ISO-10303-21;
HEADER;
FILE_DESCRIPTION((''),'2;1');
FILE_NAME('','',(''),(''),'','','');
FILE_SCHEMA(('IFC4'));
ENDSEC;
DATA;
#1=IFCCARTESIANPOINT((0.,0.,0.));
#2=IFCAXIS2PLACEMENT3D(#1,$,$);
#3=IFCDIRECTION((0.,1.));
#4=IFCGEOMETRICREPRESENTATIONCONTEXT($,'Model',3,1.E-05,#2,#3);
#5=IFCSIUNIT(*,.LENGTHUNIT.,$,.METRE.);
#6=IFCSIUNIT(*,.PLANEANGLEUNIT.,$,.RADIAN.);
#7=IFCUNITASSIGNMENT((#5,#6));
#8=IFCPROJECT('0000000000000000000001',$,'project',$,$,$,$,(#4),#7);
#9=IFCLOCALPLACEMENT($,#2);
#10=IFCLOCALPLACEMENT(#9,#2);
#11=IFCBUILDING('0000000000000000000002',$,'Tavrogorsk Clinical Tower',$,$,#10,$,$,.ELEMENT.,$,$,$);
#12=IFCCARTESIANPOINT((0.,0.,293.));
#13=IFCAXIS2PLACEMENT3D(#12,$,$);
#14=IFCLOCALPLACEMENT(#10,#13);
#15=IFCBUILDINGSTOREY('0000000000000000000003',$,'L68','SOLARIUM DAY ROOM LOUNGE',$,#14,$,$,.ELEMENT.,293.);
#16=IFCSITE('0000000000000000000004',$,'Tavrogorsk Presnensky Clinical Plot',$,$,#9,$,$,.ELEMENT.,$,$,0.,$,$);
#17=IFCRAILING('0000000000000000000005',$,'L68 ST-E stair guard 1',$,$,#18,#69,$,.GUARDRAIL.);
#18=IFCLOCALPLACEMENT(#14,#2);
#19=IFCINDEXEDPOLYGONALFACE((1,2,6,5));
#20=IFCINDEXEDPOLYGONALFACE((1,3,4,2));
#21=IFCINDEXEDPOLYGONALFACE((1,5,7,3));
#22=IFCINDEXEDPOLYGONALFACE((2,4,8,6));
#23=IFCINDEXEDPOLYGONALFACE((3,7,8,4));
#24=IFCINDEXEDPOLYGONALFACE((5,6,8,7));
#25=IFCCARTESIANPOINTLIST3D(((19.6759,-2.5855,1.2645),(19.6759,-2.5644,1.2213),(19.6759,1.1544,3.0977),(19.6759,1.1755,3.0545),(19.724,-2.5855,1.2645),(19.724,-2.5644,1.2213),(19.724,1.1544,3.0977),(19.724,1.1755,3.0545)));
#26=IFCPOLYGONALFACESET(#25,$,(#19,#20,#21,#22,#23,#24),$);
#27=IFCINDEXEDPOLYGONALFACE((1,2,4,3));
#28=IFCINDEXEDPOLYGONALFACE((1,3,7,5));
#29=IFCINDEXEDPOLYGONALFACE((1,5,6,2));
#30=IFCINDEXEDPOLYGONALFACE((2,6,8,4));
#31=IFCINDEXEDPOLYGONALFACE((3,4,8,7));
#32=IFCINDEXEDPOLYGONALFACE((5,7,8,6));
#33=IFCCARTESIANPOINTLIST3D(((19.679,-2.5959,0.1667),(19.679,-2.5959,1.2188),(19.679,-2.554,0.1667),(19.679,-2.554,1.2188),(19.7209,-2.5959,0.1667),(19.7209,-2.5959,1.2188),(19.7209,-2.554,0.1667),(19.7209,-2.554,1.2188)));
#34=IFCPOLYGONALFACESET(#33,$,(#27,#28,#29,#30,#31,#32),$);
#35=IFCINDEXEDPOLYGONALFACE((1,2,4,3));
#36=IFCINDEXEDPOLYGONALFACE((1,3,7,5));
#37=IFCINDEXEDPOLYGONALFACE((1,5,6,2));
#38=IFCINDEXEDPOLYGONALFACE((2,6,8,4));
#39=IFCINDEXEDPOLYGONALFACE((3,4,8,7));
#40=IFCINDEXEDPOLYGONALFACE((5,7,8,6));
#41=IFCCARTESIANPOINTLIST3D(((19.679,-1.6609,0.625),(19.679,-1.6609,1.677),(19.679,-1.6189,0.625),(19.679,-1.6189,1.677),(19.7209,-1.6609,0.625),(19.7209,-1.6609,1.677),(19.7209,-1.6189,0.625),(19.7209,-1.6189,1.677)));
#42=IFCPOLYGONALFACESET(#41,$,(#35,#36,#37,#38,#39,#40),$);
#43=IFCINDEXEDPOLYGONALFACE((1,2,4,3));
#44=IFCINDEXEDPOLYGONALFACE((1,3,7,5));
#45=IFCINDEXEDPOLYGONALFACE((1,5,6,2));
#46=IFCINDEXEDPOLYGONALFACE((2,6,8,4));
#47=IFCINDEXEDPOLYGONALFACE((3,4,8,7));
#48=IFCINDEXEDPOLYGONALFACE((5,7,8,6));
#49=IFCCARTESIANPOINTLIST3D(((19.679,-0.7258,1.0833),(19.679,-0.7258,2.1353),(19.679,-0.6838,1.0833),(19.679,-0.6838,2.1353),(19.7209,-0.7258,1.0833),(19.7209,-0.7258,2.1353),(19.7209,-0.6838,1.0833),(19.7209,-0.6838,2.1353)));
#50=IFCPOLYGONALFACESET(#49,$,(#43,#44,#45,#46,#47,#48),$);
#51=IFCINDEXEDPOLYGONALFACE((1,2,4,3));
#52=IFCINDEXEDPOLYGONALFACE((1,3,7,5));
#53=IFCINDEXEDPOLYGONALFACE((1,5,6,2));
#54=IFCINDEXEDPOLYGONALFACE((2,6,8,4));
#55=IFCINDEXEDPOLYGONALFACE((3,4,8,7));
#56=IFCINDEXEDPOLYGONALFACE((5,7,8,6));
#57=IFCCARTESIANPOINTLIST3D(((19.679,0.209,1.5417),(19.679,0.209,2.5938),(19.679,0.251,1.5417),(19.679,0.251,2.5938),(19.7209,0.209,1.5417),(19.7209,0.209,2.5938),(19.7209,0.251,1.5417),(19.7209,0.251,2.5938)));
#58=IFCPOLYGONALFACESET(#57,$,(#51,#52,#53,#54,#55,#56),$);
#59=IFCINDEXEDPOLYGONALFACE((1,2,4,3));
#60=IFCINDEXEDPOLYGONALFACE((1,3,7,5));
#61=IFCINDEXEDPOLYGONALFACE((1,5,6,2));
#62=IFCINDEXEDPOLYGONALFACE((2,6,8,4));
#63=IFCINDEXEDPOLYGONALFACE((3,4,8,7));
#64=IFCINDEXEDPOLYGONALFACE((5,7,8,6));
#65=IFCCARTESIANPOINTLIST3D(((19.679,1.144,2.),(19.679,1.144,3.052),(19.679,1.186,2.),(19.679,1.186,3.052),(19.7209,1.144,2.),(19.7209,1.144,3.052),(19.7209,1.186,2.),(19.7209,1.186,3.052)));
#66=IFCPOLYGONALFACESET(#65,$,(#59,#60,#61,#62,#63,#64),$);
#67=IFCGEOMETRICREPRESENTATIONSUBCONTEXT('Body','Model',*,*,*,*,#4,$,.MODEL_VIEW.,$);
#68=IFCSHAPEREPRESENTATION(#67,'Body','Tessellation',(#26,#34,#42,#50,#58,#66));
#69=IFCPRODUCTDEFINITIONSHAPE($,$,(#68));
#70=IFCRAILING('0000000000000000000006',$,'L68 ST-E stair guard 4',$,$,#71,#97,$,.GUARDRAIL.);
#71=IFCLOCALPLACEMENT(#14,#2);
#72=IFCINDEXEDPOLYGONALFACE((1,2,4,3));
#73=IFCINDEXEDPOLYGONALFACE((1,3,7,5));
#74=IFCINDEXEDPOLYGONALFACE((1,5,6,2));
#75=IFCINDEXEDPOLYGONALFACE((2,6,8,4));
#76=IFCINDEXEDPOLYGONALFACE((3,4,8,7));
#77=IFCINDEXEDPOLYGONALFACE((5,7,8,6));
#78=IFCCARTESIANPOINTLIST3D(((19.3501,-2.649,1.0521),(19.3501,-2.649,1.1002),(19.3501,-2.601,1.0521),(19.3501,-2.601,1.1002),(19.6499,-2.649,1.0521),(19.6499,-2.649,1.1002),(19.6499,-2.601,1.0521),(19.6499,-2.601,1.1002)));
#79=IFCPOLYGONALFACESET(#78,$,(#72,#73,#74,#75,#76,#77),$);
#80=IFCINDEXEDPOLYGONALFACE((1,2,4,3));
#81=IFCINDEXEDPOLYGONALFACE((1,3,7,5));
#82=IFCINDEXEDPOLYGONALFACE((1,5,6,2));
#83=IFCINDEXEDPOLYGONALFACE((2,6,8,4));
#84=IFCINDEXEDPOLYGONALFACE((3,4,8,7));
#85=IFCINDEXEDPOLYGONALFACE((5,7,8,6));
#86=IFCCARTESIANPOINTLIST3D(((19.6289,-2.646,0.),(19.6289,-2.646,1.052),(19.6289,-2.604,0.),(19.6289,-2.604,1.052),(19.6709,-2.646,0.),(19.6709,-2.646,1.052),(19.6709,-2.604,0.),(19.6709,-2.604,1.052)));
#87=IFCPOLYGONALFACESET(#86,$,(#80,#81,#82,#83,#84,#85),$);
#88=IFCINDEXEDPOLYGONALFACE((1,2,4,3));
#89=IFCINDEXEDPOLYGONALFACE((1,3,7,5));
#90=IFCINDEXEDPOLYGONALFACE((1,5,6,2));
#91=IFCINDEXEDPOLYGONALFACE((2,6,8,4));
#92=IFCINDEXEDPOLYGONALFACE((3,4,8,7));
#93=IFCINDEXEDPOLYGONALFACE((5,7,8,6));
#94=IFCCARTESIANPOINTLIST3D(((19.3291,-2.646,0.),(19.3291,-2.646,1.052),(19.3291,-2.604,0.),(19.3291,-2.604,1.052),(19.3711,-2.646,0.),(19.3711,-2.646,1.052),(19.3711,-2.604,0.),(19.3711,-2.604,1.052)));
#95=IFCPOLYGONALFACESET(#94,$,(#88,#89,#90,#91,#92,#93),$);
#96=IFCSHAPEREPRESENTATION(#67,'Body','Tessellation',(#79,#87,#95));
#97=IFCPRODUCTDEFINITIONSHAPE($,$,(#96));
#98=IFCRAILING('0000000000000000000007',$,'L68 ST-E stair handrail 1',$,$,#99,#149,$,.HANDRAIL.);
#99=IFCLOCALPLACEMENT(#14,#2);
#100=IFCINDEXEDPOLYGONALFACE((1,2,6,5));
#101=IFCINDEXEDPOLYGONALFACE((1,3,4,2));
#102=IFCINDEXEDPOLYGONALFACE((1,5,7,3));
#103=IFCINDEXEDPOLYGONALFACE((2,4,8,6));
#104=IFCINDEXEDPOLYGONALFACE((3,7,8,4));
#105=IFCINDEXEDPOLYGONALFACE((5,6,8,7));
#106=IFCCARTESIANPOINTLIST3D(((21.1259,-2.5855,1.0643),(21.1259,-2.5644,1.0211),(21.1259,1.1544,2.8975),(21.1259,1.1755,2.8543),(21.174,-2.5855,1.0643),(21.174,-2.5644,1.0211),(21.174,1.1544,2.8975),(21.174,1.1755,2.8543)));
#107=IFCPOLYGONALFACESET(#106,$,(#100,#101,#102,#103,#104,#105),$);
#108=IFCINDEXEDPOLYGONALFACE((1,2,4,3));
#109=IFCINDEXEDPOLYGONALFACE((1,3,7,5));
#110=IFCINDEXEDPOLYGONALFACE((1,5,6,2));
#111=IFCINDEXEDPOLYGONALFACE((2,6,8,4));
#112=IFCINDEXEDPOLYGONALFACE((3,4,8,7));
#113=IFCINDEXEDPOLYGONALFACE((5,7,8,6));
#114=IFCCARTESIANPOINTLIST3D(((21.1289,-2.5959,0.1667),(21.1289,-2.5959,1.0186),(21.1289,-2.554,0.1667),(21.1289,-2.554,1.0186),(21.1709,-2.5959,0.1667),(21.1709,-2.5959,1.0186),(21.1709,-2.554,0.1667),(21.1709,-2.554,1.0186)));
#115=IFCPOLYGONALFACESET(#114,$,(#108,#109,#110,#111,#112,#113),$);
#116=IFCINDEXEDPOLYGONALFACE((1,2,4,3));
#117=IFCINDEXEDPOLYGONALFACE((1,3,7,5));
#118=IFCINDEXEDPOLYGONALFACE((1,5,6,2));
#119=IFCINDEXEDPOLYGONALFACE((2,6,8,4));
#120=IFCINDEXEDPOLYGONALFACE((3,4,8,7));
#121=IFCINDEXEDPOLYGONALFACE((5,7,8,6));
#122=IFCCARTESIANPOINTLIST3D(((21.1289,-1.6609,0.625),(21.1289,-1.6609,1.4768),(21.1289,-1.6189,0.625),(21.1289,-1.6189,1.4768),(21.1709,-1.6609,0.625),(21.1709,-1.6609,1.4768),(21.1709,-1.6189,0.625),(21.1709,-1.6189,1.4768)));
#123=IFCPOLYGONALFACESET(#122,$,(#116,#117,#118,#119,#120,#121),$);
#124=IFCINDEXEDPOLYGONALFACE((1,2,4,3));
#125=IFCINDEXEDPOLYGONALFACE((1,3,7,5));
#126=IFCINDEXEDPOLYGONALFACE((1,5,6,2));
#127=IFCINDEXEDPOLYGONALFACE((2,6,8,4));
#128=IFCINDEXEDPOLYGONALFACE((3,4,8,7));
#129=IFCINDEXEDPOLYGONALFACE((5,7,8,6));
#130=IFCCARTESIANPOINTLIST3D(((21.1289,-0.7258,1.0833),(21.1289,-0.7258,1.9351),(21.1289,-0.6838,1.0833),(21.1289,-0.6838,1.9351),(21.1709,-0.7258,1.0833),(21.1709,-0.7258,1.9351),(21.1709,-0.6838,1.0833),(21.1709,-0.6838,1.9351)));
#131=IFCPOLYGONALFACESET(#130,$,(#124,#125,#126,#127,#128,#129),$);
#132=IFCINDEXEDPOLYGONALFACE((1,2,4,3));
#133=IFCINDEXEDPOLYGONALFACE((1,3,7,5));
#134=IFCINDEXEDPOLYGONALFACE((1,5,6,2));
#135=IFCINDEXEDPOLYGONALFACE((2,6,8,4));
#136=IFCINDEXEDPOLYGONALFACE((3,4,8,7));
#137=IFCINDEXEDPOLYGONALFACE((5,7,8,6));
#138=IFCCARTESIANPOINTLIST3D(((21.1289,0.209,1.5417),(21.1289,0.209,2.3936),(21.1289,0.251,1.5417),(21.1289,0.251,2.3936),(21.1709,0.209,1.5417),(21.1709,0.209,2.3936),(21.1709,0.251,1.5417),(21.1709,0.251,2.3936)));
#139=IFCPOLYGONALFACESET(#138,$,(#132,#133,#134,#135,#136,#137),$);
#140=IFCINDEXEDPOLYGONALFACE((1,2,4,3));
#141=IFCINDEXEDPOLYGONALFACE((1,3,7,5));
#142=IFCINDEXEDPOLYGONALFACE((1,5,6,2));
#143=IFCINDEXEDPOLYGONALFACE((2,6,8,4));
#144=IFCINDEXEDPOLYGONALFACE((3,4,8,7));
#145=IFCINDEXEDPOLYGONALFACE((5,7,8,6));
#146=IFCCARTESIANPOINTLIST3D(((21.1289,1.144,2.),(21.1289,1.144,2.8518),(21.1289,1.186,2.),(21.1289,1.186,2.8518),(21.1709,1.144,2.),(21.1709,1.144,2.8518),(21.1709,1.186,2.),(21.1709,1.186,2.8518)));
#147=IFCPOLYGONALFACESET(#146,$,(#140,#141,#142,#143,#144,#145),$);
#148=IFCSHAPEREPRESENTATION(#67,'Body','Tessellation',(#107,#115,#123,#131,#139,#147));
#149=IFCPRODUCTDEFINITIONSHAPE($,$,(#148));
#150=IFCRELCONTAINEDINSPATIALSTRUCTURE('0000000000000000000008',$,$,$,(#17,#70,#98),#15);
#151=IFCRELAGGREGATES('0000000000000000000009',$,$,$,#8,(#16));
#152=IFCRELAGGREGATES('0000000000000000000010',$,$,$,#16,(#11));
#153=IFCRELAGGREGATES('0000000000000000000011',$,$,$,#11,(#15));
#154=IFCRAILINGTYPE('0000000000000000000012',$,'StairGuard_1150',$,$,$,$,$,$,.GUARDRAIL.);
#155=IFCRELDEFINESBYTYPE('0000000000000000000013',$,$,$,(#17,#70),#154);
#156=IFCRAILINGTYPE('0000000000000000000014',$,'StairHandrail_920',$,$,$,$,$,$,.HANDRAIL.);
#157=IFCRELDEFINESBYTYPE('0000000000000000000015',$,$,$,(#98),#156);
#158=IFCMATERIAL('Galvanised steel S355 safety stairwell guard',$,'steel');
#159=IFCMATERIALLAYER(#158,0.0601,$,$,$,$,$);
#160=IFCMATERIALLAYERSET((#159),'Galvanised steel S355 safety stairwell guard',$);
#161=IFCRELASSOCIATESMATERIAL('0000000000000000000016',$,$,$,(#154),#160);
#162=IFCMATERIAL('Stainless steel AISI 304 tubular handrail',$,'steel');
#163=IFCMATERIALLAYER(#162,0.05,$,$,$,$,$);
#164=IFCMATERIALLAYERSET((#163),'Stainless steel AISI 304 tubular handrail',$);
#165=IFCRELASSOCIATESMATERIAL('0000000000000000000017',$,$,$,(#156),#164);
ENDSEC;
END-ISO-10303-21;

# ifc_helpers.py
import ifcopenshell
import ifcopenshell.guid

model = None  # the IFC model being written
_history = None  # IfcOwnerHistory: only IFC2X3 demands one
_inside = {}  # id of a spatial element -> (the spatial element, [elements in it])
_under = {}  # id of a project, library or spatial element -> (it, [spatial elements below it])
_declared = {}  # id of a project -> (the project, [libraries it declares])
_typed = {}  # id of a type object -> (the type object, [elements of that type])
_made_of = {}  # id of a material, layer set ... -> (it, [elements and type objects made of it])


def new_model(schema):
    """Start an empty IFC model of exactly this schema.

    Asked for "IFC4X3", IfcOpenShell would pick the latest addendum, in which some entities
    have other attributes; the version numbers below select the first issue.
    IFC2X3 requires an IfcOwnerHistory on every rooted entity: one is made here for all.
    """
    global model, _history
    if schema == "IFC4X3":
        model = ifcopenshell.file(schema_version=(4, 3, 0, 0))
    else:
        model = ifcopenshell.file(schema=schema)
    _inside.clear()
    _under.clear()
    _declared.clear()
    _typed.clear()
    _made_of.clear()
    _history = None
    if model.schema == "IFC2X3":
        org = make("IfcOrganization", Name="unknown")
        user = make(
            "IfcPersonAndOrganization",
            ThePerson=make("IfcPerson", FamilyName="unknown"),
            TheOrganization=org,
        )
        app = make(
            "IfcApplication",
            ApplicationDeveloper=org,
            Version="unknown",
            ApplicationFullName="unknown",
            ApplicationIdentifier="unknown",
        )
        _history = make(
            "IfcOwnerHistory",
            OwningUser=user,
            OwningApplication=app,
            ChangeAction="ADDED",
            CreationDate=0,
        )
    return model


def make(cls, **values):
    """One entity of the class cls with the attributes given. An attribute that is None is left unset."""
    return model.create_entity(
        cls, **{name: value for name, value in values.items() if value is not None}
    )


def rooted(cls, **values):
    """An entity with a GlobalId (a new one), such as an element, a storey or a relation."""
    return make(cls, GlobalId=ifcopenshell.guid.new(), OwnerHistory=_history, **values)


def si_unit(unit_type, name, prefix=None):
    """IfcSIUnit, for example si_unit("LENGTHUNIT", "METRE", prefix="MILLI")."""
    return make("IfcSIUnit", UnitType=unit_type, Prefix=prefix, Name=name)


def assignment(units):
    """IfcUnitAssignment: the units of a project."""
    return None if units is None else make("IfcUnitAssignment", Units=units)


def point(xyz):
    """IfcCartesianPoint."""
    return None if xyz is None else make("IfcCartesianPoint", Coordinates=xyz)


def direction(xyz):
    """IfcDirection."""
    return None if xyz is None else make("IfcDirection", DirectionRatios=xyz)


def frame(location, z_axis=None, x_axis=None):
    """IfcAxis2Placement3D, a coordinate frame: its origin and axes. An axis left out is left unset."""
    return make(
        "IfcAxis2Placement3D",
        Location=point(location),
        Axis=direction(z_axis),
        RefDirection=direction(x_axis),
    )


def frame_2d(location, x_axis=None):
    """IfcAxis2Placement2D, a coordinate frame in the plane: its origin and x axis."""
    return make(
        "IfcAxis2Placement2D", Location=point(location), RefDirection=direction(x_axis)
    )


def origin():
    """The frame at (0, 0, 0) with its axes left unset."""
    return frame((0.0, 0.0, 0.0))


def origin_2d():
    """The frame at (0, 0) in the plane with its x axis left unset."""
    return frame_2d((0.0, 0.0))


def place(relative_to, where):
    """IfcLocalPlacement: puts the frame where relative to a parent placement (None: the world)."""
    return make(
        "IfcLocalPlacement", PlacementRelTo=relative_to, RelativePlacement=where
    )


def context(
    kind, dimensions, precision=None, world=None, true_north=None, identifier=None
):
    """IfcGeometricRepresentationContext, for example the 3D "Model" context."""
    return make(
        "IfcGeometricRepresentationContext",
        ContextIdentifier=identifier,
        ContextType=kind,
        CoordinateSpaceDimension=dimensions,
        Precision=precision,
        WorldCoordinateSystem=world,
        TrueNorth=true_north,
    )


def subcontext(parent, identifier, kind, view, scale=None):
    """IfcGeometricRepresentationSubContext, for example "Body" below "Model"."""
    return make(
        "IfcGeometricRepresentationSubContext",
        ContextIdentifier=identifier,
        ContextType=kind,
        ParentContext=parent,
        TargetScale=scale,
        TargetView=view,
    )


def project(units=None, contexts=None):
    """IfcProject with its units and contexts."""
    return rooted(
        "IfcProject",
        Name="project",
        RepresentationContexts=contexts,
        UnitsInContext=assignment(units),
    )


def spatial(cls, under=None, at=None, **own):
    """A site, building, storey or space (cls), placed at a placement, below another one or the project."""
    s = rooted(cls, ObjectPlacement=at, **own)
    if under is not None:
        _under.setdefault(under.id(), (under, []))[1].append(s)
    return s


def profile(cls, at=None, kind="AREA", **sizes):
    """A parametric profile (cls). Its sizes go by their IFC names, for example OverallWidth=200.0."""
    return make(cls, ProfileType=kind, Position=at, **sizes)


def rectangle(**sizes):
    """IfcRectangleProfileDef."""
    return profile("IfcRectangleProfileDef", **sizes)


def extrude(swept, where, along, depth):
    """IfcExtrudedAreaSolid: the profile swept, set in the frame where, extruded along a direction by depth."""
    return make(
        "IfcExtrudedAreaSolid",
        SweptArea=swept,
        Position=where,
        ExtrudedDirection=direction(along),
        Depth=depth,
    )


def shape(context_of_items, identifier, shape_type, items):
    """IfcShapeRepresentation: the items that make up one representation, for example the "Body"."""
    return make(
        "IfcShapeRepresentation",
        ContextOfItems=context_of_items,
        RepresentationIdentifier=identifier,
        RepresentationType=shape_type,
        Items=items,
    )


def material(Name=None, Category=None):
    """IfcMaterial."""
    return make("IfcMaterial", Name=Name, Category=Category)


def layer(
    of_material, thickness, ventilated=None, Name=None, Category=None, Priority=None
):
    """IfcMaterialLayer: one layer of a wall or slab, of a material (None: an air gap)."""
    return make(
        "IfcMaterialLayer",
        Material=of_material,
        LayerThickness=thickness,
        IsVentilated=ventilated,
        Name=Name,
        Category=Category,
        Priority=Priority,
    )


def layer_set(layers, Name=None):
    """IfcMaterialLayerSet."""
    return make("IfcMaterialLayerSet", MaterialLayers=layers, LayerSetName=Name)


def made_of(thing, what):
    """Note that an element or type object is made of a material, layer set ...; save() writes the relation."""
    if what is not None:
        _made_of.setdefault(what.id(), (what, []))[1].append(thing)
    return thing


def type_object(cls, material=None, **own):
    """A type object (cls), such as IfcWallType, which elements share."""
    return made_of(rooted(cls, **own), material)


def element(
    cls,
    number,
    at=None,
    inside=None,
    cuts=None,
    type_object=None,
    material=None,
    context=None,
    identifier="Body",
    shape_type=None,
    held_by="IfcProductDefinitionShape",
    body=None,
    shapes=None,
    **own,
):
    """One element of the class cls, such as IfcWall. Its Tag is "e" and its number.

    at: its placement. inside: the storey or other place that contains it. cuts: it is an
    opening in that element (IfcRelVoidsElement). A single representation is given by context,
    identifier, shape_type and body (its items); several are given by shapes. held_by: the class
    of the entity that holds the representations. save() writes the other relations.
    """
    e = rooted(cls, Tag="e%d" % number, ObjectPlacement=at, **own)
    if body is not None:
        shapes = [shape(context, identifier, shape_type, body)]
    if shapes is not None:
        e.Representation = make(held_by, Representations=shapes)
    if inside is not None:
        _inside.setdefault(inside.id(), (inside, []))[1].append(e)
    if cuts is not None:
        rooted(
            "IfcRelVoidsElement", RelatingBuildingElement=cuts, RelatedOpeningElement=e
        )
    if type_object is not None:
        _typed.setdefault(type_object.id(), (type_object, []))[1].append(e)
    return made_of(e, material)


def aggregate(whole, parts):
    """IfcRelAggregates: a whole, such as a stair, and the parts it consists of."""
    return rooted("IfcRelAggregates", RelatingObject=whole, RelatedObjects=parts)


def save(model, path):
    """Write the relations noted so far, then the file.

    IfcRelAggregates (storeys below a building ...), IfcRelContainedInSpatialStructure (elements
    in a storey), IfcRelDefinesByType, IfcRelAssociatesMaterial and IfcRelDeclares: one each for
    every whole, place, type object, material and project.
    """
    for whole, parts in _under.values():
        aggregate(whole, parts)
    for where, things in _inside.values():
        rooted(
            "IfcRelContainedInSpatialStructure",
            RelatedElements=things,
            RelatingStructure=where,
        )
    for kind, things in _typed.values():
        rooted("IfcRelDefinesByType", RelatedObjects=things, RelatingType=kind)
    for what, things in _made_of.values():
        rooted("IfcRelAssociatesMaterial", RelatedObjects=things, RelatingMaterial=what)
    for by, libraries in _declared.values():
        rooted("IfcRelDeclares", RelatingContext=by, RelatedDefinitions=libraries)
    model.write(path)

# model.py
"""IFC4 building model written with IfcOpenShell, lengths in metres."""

from ifc_helpers import new_model, si_unit, direction, frame, origin, origin_2d, place, context, subcontext, project, spatial, rectangle, extrude, material, layer, layer_set, type_object, element, save


model = new_model("IFC4")

# Units and contexts
model_context = context("Model", 3, precision=1e-05, world=origin(), true_north=direction((0.0, 1.0)))
body_context = subcontext(model_context, "Body", "Model", "MODEL_VIEW")
ifc_project = project(units=[si_unit("LENGTHUNIT", "METRE"), si_unit("PLANEANGLEUNIT", "RADIAN")], contexts=[model_context])

# Site, building, storey
site_placement = place(None, origin())
site = spatial("IfcSite", under=ifc_project, at=site_placement, Name="Tavrogorsk Presnensky Clinical Plot", CompositionType="ELEMENT", RefElevation=0.0)
building_placement = place(site_placement, origin())
building = spatial("IfcBuilding", under=site, at=building_placement, Name="Tavrogorsk Clinical Tower", CompositionType="ELEMENT")
storey_placement = place(building_placement, frame((0.0, 0.0, 293.0)))
storey = spatial("IfcBuildingStorey", under=building, at=storey_placement, Name="L68", Description="SOLARIUM DAY ROOM LOUNGE", CompositionType="ELEMENT", Elevation=293.0)

# Railings
ifc_material_1 = material(Name="Galvanised steel S355 safety stairwell guard", Category="steel")
ifc_layer_1 = layer(ifc_material_1, 0.0601)
ifc_layer_set_1 = layer_set([ifc_layer_1], Name="Galvanised steel S355 safety stairwell guard")
railing_type_1 = type_object("IfcRailingType", Name="StairGuard_1150", PredefinedType="GUARDRAIL", material=ifc_layer_set_1)
railing_1_placement = place(storey_placement, frame((19.7, -2.575, 0.1667)))
element("IfcRailing", 1, at=railing_1_placement, inside=storey, type_object=railing_type_1, Name="L68 ST-E stair guard 1", PredefinedType="GUARDRAIL", context=body_context, shape_type="SweptSolid", body=[
    extrude(rectangle(XDim=0.0481, YDim=0.0481, at=origin_2d()), frame((0.0, 0.0, 1.0762), z_axis=(0.0, 0.897928, 0.440142), x_axis=(-1.0, 0.0, 0.0)), (0.0, 0.0, 1.0), 4.165),
    extrude(rectangle(XDim=0.042, YDim=0.042, at=origin_2d()), origin(), (0.0, 0.0, 1.0), 1.052),
    extrude(rectangle(XDim=0.042, YDim=0.042, at=origin_2d()), frame((0.0, 0.9351, 0.4583)), (0.0, 0.0, 1.0), 1.052),
    extrude(rectangle(XDim=0.042, YDim=0.042, at=origin_2d()), frame((0.0, 1.8701, 0.9165)), (0.0, 0.0, 1.0), 1.052),
    extrude(rectangle(XDim=0.042, YDim=0.042, at=origin_2d()), frame((0.0, 2.8049, 1.375)), (0.0, 0.0, 1.0), 1.052),
    extrude(rectangle(XDim=0.042, YDim=0.042, at=origin_2d()), frame((0.0, 3.74, 1.8333)), (0.0, 0.0, 1.0), 1.052),
])
railing_2_placement = place(storey_placement, frame((19.6499, -2.625, 0.0)))
element("IfcRailing", 2, at=railing_2_placement, inside=storey, type_object=railing_type_1, Name="L68 ST-E stair guard 4", PredefinedType="GUARDRAIL", context=body_context, shape_type="SweptSolid", body=[
    extrude(rectangle(XDim=0.0481, YDim=0.0481, at=origin_2d()), frame((0.0, 0.0, 1.0762), z_axis=(-1.0, 0.0, 0.0), x_axis=(0.0, -1.0, 0.0)), (0.0, 0.0, 1.0), 0.2998),
    extrude(rectangle(XDim=0.042, YDim=0.042, at=origin_2d()), origin(), (0.0, 0.0, 1.0), 1.052),
    extrude(rectangle(XDim=0.042, YDim=0.042, at=origin_2d()), frame((-0.2998, 0.0, 0.0)), (0.0, 0.0, 1.0), 1.052),
])
ifc_material_2 = material(Name="Stainless steel AISI 304 tubular handrail", Category="steel")
ifc_layer_2 = layer(ifc_material_2, 0.05)
ifc_layer_set_2 = layer_set([ifc_layer_2], Name="Stainless steel AISI 304 tubular handrail")
railing_type_2 = type_object("IfcRailingType", Name="StairHandrail_920", PredefinedType="HANDRAIL", material=ifc_layer_set_2)
railing_3_placement = place(storey_placement, frame((21.1499, -2.575, 0.1667)))
element("IfcRailing", 3, at=railing_3_placement, inside=storey, type_object=railing_type_2, Name="L68 ST-E stair handrail 1", PredefinedType="HANDRAIL", context=body_context, shape_type="SweptSolid", body=[
    extrude(rectangle(XDim=0.0481, YDim=0.0481, at=origin_2d()), frame((0.0, 0.0, 0.876), z_axis=(0.0, 0.897928, 0.440142), x_axis=(-1.0, 0.0, 0.0)), (0.0, 0.0, 1.0), 4.165),
    extrude(rectangle(XDim=0.042, YDim=0.042, at=origin_2d()), origin(), (0.0, 0.0, 1.0), 0.8518),
    extrude(rectangle(XDim=0.042, YDim=0.042, at=origin_2d()), frame((0.0, 0.9351, 0.4583)), (0.0, 0.0, 1.0), 0.8518),
    extrude(rectangle(XDim=0.042, YDim=0.042, at=origin_2d()), frame((0.0, 1.8701, 0.9165)), (0.0, 0.0, 1.0), 0.8518),
    extrude(rectangle(XDim=0.042, YDim=0.042, at=origin_2d()), frame((0.0, 2.8049, 1.375)), (0.0, 0.0, 1.0), 0.8518),
    extrude(rectangle(XDim=0.042, YDim=0.042, at=origin_2d()), frame((0.0, 3.74, 1.8333)), (0.0, 0.0, 1.0), 0.8518),
])

save(model, "model.ifc")
